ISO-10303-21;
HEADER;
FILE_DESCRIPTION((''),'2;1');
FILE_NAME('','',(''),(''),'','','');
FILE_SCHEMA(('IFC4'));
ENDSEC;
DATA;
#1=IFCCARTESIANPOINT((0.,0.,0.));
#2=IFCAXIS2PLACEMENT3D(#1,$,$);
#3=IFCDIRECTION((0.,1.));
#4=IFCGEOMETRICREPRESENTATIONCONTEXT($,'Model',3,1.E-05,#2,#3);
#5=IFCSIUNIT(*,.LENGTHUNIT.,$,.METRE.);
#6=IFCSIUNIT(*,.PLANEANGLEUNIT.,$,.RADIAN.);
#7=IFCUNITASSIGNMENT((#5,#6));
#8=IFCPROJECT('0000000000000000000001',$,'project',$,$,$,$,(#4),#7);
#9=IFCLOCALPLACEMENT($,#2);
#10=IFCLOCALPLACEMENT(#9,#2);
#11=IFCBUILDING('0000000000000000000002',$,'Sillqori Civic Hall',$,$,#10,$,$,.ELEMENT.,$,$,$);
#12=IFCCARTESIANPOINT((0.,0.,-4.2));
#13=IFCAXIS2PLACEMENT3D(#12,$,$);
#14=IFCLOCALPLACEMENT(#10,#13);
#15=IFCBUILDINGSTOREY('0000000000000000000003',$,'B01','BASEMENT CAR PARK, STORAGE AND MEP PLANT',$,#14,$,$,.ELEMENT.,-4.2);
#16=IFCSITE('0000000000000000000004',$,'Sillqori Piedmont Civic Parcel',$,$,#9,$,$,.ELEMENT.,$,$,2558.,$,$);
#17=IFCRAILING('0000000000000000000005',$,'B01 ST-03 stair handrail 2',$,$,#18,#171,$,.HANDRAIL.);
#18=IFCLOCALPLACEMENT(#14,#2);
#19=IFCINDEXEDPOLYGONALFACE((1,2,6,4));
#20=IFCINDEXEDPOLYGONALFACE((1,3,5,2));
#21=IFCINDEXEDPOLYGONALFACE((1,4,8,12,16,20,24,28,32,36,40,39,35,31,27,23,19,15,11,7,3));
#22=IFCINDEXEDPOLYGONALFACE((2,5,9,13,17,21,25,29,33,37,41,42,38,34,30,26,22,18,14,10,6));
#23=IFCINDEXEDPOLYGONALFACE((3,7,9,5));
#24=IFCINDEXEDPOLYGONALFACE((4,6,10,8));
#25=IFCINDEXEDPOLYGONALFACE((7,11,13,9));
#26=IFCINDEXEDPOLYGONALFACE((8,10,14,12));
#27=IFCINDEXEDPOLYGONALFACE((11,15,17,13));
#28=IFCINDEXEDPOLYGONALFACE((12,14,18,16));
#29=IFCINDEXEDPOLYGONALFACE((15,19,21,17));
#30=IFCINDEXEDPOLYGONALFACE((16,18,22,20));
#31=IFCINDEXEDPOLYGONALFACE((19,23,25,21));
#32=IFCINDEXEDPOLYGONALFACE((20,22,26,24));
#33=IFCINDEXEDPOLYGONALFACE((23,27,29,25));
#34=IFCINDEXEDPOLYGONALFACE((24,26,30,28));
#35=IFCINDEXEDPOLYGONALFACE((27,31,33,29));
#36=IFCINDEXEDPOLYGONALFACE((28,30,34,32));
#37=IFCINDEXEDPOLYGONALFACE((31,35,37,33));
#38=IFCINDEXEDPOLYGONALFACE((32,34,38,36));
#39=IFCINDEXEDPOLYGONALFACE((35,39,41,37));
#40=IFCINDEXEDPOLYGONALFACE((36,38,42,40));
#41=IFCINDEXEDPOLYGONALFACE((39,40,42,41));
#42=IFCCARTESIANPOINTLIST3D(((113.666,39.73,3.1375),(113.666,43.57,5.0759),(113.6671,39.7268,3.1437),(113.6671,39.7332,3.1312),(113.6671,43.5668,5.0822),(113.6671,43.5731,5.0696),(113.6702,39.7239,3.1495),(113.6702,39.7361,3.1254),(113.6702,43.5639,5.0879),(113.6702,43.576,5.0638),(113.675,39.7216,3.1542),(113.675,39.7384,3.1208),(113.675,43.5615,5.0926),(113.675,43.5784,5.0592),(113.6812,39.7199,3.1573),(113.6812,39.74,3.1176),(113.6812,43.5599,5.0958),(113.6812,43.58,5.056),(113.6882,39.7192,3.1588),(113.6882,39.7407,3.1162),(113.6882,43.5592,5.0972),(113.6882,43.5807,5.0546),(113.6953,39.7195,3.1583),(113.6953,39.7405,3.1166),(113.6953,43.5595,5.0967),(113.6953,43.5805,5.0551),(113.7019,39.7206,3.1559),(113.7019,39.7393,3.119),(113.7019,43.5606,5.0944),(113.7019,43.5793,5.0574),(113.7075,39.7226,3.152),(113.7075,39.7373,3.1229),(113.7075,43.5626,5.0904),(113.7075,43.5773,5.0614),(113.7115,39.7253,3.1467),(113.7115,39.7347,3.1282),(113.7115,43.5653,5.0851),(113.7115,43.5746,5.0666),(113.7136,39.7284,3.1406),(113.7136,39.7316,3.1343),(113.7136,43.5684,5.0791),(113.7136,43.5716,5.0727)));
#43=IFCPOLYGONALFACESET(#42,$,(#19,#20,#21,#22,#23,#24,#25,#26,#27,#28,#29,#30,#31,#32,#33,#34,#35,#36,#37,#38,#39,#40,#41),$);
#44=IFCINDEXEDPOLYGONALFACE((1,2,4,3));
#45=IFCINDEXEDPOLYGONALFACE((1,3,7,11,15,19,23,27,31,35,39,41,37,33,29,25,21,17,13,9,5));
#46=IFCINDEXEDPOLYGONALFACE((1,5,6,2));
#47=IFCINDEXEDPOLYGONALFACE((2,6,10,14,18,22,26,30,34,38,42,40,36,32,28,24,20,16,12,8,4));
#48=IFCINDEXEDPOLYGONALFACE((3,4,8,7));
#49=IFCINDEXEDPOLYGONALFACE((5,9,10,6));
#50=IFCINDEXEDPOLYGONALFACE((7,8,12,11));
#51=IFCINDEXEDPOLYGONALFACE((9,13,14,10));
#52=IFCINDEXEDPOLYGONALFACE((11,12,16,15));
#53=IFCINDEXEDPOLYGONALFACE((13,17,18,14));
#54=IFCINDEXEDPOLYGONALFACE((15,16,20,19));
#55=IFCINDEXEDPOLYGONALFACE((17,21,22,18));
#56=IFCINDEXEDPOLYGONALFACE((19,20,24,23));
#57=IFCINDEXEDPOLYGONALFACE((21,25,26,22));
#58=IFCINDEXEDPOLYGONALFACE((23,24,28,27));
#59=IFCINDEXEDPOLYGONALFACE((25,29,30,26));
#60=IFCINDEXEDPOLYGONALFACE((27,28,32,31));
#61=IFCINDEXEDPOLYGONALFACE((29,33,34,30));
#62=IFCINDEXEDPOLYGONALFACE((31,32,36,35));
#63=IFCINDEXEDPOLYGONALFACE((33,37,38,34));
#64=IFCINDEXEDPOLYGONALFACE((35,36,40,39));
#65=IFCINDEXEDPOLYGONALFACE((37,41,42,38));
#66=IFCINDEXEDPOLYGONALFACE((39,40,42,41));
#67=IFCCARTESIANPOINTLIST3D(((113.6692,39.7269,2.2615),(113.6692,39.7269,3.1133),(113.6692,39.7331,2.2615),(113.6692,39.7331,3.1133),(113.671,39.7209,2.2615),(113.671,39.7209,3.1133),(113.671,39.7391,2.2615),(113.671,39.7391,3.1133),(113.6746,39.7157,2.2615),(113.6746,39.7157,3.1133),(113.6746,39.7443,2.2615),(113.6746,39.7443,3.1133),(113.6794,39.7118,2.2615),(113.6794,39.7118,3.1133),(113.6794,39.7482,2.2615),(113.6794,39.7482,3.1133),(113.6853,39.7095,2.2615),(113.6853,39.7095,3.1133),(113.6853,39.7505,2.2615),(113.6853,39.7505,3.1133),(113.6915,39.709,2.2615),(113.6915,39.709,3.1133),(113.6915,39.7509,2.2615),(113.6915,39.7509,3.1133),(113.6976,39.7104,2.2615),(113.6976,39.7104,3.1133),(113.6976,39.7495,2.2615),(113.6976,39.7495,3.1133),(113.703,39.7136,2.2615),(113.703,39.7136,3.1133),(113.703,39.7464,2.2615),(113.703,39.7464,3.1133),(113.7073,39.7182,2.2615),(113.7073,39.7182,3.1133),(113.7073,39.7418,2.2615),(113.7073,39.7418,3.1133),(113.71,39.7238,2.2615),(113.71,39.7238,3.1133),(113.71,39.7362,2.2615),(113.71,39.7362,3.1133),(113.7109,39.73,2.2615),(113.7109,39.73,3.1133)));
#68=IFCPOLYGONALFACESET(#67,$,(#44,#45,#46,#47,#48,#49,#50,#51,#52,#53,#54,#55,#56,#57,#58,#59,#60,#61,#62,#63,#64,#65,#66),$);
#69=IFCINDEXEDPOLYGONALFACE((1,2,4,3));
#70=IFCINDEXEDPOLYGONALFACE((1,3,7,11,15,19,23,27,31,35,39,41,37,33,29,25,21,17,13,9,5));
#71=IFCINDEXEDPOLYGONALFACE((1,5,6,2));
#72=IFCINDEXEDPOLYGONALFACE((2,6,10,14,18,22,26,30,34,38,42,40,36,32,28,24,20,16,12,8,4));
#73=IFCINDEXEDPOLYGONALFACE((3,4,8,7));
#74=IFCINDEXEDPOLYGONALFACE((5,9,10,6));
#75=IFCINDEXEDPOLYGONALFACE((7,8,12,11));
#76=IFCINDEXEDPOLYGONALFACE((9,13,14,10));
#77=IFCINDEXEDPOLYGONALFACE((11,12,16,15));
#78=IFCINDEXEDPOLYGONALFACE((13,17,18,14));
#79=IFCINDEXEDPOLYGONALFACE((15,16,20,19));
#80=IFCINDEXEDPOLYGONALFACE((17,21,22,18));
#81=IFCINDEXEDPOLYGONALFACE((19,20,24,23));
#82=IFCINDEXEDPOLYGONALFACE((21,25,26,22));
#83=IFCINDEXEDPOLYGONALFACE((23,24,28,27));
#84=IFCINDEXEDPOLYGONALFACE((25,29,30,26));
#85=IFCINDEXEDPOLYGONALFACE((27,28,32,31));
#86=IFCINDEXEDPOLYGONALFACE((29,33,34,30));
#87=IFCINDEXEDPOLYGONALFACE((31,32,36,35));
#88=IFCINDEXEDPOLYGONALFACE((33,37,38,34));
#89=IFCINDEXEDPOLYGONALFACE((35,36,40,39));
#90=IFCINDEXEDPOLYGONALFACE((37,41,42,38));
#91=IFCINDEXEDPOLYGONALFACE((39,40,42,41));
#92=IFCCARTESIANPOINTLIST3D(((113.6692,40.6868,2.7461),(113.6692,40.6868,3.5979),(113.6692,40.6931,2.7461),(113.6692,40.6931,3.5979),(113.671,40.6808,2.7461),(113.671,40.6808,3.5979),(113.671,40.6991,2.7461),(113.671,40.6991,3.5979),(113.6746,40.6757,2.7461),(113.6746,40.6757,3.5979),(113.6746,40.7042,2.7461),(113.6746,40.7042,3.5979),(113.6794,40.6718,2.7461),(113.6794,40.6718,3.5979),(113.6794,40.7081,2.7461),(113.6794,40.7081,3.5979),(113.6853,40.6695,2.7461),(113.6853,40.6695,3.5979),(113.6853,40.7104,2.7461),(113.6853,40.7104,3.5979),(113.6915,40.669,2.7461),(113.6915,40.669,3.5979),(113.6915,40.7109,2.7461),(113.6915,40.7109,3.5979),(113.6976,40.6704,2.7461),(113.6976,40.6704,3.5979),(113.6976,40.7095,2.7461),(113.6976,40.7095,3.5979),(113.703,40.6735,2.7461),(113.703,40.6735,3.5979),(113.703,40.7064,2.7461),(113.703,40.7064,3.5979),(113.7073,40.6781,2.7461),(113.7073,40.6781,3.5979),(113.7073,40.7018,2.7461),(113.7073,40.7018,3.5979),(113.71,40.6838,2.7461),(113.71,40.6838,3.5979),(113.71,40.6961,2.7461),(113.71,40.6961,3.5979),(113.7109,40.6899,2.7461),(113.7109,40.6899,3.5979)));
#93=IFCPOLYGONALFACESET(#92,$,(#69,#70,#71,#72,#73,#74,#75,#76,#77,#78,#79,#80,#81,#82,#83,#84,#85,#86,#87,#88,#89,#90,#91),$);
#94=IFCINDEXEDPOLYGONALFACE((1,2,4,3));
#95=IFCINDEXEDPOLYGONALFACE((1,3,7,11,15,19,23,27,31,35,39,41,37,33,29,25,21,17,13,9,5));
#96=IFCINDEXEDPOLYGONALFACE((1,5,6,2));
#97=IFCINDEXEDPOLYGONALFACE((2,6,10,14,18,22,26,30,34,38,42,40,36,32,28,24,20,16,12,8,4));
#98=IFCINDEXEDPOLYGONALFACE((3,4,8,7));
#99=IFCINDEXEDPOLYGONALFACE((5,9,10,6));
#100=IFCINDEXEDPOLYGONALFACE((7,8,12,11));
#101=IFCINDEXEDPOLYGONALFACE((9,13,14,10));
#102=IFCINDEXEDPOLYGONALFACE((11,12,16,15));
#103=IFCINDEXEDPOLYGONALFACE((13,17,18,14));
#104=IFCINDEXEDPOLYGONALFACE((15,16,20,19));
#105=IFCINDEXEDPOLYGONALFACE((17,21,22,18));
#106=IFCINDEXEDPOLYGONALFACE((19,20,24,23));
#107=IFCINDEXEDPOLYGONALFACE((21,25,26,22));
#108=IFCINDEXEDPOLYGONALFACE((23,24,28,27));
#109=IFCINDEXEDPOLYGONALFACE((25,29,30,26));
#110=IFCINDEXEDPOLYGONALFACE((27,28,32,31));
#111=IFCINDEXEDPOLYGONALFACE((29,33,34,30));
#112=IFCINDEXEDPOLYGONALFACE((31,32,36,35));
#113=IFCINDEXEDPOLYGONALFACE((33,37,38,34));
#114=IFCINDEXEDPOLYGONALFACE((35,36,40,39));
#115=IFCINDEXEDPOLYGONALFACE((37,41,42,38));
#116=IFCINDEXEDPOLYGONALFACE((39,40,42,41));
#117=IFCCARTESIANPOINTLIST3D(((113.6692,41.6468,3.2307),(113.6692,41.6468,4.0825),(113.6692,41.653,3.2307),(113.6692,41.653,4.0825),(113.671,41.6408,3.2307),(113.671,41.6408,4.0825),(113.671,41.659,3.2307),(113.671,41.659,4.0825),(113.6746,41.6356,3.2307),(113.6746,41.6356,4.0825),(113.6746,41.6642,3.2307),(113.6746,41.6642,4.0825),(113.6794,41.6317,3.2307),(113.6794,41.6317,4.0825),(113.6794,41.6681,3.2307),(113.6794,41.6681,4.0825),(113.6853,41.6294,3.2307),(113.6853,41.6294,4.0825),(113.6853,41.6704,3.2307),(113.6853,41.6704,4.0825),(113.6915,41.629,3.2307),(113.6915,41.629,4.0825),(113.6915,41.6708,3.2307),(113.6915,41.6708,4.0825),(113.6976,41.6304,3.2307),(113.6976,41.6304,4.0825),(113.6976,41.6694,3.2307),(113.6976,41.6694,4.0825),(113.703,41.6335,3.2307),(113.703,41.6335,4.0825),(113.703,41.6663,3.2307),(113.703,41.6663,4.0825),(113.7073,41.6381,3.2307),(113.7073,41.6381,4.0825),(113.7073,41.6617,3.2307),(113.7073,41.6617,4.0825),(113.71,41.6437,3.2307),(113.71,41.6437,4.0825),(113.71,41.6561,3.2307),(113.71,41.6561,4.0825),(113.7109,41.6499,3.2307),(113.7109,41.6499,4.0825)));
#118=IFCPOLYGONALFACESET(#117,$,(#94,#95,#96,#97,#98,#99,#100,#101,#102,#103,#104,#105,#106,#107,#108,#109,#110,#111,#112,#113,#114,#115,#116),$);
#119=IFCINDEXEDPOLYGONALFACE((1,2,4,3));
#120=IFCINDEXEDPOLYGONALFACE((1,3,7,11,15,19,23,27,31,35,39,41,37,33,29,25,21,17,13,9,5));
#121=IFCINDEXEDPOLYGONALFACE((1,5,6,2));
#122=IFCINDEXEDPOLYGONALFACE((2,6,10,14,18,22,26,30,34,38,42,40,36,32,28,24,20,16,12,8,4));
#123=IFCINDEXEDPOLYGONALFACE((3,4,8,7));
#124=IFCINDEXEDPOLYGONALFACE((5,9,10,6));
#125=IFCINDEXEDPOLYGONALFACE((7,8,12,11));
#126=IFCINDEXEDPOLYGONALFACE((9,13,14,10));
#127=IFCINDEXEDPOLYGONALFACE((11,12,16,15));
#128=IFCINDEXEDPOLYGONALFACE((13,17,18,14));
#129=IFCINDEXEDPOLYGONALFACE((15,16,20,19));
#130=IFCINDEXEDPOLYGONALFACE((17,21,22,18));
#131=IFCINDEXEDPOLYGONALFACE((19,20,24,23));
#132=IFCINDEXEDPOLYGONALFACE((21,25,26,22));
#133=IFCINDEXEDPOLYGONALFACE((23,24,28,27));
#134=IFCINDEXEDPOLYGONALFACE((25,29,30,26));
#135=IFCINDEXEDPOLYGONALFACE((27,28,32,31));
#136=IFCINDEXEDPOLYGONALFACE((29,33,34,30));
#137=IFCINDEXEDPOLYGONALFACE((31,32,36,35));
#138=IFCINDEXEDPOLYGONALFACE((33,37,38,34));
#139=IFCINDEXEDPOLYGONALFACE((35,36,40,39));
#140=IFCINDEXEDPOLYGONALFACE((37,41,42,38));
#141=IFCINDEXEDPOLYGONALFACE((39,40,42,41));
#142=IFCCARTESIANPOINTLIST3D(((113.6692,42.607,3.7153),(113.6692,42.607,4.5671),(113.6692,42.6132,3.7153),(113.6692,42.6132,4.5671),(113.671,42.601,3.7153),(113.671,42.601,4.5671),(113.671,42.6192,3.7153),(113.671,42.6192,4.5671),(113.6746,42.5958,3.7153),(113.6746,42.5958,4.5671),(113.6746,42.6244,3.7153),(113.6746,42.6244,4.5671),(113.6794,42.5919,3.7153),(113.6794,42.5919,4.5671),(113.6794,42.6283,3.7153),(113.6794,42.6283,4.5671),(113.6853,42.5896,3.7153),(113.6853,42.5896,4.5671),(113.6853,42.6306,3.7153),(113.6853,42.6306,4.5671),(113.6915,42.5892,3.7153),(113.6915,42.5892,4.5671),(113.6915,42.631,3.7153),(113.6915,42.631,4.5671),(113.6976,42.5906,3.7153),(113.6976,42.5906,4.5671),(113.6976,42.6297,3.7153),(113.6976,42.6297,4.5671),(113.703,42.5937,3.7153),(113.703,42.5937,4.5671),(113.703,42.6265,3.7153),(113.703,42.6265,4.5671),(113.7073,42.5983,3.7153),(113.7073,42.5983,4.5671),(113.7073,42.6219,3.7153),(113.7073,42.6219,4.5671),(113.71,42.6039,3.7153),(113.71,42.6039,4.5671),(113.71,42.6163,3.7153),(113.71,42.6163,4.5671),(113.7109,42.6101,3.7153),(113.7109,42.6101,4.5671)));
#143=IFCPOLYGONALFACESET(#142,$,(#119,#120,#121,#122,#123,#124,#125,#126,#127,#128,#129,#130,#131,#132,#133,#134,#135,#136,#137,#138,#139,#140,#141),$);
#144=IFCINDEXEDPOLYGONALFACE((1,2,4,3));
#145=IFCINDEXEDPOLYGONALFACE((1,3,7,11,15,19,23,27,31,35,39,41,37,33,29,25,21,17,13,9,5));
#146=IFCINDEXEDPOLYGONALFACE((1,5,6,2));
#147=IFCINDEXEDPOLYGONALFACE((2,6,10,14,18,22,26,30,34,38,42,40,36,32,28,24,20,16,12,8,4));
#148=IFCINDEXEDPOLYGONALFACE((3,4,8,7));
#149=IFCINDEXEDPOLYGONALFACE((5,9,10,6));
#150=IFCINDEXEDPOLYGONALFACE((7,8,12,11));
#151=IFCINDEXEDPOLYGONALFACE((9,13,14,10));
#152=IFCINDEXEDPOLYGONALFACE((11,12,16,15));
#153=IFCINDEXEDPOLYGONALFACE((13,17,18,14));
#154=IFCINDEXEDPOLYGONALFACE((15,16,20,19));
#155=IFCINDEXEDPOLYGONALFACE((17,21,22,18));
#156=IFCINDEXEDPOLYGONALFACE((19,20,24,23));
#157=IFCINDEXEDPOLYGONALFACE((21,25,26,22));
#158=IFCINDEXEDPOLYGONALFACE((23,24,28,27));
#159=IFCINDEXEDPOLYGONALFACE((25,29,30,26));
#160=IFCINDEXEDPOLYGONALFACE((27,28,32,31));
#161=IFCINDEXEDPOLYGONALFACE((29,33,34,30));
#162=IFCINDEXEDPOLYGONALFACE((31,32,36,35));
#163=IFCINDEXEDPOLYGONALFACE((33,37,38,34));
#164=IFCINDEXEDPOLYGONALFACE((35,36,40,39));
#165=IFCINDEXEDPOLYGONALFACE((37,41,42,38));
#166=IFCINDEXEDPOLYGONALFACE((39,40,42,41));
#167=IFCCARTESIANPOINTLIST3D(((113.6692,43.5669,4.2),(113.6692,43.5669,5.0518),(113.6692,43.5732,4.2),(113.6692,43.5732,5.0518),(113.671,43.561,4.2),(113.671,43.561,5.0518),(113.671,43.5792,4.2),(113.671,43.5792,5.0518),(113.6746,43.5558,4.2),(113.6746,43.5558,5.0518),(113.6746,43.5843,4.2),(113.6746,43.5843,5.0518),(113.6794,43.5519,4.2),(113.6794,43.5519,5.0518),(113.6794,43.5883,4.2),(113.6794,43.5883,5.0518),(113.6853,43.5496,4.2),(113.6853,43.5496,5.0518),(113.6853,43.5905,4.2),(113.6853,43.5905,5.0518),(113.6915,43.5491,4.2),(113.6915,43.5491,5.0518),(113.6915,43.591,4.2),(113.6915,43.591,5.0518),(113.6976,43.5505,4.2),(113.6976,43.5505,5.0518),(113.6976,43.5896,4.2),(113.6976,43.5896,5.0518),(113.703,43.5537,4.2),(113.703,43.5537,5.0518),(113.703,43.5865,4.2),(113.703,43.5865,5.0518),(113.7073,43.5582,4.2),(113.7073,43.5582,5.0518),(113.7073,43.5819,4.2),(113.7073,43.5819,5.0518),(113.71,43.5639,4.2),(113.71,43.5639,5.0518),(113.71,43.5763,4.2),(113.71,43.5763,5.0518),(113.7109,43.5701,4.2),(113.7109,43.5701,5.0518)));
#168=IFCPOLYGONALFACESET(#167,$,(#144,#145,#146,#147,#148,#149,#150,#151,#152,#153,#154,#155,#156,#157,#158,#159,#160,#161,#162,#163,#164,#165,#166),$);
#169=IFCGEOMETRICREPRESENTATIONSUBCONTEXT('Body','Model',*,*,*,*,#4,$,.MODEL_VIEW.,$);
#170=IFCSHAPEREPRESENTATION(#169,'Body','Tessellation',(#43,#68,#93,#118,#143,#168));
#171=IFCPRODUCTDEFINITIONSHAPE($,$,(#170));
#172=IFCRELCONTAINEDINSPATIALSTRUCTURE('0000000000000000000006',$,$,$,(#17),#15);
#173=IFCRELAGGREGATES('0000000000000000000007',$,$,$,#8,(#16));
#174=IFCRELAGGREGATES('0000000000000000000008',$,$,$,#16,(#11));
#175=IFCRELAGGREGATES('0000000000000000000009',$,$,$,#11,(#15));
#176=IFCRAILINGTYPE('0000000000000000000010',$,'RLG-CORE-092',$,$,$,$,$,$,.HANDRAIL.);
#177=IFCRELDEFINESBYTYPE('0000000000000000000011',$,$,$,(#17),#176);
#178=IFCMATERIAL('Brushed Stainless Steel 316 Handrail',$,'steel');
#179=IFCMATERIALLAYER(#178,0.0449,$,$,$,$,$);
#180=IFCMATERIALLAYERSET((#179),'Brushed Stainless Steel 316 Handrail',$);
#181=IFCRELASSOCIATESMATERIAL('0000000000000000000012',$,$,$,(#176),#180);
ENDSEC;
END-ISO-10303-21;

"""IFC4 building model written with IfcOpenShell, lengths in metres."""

from ifc_helpers import new_model, si_unit, direction, frame, origin, origin_2d, place, context, subcontext, project, spatial, circle, extrude, material, layer, layer_set, type_object, element, save


model = new_model("IFC4")

# Units and contexts
model_context = context("Model", 3, precision=1e-05, world=origin(), true_north=direction((0.0, 1.0)))
body_context = subcontext(model_context, "Body", "Model", "MODEL_VIEW")
ifc_project = project(units=[si_unit("LENGTHUNIT", "METRE"), si_unit("PLANEANGLEUNIT", "RADIAN")], contexts=[model_context])

# Site, building, storey
site_placement = place(None, origin())
site = spatial("IfcSite", under=ifc_project, at=site_placement, Name="Sillqori Piedmont Civic Parcel", CompositionType="ELEMENT", RefElevation=2558.0)
building_placement = place(site_placement, origin())
building = spatial("IfcBuilding", under=site, at=building_placement, Name="Sillqori Civic Hall", CompositionType="ELEMENT")
storey_placement = place(building_placement, frame((0.0, 0.0, -4.2)))
storey = spatial("IfcBuildingStorey", under=building, at=storey_placement, Name="B01", Description="BASEMENT CAR PARK, STORAGE AND MEP PLANT", CompositionType="ELEMENT", Elevation=-4.2)

# Railing
ifc_material_1 = material(Name="Brushed Stainless Steel 316 Handrail", Category="steel")
ifc_layer_1 = layer(ifc_material_1, 0.0449)
ifc_layer_set_1 = layer_set([ifc_layer_1], Name="Brushed Stainless Steel 316 Handrail")
railing_type_1 = type_object("IfcRailingType", Name="RLG-CORE-092", PredefinedType="HANDRAIL", material=ifc_layer_set_1)
railing_1_placement = place(storey_placement, frame((113.6899, 39.73, 2.2615)))
element("IfcRailing", 1, at=railing_1_placement, inside=storey, type_object=railing_type_1, Name="B01 ST-03 stair handrail 2", PredefinedType="HANDRAIL", context=body_context, shape_type="SweptSolid", body=[
    extrude(circle(Radius=0.0239, at=origin_2d()), frame((0.0, 0.0, 0.876), z_axis=(0.0, 0.892707, 0.450638), x_axis=(-1.0, 0.0, 0.0)), (0.0, 0.0, 1.0), 4.3015),
    extrude(circle(Radius=0.021, at=origin_2d()), origin(), (0.0, 0.0, 1.0), 0.8518),
    extrude(circle(Radius=0.021, at=origin_2d()), frame((0.0, 0.96, 0.4846)), (0.0, 0.0, 1.0), 0.8518),
    extrude(circle(Radius=0.021, at=origin_2d()), frame((0.0, 1.9199, 0.9692)), (0.0, 0.0, 1.0), 0.8518),
    extrude(circle(Radius=0.021, at=origin_2d()), frame((0.0, 2.8801, 1.4539)), (0.0, 0.0, 1.0), 0.8518),
    extrude(circle(Radius=0.021, at=origin_2d()), frame((0.0, 3.8401, 1.9385)), (0.0, 0.0, 1.0), 0.8518),
])

save(model, "model.ifc")
